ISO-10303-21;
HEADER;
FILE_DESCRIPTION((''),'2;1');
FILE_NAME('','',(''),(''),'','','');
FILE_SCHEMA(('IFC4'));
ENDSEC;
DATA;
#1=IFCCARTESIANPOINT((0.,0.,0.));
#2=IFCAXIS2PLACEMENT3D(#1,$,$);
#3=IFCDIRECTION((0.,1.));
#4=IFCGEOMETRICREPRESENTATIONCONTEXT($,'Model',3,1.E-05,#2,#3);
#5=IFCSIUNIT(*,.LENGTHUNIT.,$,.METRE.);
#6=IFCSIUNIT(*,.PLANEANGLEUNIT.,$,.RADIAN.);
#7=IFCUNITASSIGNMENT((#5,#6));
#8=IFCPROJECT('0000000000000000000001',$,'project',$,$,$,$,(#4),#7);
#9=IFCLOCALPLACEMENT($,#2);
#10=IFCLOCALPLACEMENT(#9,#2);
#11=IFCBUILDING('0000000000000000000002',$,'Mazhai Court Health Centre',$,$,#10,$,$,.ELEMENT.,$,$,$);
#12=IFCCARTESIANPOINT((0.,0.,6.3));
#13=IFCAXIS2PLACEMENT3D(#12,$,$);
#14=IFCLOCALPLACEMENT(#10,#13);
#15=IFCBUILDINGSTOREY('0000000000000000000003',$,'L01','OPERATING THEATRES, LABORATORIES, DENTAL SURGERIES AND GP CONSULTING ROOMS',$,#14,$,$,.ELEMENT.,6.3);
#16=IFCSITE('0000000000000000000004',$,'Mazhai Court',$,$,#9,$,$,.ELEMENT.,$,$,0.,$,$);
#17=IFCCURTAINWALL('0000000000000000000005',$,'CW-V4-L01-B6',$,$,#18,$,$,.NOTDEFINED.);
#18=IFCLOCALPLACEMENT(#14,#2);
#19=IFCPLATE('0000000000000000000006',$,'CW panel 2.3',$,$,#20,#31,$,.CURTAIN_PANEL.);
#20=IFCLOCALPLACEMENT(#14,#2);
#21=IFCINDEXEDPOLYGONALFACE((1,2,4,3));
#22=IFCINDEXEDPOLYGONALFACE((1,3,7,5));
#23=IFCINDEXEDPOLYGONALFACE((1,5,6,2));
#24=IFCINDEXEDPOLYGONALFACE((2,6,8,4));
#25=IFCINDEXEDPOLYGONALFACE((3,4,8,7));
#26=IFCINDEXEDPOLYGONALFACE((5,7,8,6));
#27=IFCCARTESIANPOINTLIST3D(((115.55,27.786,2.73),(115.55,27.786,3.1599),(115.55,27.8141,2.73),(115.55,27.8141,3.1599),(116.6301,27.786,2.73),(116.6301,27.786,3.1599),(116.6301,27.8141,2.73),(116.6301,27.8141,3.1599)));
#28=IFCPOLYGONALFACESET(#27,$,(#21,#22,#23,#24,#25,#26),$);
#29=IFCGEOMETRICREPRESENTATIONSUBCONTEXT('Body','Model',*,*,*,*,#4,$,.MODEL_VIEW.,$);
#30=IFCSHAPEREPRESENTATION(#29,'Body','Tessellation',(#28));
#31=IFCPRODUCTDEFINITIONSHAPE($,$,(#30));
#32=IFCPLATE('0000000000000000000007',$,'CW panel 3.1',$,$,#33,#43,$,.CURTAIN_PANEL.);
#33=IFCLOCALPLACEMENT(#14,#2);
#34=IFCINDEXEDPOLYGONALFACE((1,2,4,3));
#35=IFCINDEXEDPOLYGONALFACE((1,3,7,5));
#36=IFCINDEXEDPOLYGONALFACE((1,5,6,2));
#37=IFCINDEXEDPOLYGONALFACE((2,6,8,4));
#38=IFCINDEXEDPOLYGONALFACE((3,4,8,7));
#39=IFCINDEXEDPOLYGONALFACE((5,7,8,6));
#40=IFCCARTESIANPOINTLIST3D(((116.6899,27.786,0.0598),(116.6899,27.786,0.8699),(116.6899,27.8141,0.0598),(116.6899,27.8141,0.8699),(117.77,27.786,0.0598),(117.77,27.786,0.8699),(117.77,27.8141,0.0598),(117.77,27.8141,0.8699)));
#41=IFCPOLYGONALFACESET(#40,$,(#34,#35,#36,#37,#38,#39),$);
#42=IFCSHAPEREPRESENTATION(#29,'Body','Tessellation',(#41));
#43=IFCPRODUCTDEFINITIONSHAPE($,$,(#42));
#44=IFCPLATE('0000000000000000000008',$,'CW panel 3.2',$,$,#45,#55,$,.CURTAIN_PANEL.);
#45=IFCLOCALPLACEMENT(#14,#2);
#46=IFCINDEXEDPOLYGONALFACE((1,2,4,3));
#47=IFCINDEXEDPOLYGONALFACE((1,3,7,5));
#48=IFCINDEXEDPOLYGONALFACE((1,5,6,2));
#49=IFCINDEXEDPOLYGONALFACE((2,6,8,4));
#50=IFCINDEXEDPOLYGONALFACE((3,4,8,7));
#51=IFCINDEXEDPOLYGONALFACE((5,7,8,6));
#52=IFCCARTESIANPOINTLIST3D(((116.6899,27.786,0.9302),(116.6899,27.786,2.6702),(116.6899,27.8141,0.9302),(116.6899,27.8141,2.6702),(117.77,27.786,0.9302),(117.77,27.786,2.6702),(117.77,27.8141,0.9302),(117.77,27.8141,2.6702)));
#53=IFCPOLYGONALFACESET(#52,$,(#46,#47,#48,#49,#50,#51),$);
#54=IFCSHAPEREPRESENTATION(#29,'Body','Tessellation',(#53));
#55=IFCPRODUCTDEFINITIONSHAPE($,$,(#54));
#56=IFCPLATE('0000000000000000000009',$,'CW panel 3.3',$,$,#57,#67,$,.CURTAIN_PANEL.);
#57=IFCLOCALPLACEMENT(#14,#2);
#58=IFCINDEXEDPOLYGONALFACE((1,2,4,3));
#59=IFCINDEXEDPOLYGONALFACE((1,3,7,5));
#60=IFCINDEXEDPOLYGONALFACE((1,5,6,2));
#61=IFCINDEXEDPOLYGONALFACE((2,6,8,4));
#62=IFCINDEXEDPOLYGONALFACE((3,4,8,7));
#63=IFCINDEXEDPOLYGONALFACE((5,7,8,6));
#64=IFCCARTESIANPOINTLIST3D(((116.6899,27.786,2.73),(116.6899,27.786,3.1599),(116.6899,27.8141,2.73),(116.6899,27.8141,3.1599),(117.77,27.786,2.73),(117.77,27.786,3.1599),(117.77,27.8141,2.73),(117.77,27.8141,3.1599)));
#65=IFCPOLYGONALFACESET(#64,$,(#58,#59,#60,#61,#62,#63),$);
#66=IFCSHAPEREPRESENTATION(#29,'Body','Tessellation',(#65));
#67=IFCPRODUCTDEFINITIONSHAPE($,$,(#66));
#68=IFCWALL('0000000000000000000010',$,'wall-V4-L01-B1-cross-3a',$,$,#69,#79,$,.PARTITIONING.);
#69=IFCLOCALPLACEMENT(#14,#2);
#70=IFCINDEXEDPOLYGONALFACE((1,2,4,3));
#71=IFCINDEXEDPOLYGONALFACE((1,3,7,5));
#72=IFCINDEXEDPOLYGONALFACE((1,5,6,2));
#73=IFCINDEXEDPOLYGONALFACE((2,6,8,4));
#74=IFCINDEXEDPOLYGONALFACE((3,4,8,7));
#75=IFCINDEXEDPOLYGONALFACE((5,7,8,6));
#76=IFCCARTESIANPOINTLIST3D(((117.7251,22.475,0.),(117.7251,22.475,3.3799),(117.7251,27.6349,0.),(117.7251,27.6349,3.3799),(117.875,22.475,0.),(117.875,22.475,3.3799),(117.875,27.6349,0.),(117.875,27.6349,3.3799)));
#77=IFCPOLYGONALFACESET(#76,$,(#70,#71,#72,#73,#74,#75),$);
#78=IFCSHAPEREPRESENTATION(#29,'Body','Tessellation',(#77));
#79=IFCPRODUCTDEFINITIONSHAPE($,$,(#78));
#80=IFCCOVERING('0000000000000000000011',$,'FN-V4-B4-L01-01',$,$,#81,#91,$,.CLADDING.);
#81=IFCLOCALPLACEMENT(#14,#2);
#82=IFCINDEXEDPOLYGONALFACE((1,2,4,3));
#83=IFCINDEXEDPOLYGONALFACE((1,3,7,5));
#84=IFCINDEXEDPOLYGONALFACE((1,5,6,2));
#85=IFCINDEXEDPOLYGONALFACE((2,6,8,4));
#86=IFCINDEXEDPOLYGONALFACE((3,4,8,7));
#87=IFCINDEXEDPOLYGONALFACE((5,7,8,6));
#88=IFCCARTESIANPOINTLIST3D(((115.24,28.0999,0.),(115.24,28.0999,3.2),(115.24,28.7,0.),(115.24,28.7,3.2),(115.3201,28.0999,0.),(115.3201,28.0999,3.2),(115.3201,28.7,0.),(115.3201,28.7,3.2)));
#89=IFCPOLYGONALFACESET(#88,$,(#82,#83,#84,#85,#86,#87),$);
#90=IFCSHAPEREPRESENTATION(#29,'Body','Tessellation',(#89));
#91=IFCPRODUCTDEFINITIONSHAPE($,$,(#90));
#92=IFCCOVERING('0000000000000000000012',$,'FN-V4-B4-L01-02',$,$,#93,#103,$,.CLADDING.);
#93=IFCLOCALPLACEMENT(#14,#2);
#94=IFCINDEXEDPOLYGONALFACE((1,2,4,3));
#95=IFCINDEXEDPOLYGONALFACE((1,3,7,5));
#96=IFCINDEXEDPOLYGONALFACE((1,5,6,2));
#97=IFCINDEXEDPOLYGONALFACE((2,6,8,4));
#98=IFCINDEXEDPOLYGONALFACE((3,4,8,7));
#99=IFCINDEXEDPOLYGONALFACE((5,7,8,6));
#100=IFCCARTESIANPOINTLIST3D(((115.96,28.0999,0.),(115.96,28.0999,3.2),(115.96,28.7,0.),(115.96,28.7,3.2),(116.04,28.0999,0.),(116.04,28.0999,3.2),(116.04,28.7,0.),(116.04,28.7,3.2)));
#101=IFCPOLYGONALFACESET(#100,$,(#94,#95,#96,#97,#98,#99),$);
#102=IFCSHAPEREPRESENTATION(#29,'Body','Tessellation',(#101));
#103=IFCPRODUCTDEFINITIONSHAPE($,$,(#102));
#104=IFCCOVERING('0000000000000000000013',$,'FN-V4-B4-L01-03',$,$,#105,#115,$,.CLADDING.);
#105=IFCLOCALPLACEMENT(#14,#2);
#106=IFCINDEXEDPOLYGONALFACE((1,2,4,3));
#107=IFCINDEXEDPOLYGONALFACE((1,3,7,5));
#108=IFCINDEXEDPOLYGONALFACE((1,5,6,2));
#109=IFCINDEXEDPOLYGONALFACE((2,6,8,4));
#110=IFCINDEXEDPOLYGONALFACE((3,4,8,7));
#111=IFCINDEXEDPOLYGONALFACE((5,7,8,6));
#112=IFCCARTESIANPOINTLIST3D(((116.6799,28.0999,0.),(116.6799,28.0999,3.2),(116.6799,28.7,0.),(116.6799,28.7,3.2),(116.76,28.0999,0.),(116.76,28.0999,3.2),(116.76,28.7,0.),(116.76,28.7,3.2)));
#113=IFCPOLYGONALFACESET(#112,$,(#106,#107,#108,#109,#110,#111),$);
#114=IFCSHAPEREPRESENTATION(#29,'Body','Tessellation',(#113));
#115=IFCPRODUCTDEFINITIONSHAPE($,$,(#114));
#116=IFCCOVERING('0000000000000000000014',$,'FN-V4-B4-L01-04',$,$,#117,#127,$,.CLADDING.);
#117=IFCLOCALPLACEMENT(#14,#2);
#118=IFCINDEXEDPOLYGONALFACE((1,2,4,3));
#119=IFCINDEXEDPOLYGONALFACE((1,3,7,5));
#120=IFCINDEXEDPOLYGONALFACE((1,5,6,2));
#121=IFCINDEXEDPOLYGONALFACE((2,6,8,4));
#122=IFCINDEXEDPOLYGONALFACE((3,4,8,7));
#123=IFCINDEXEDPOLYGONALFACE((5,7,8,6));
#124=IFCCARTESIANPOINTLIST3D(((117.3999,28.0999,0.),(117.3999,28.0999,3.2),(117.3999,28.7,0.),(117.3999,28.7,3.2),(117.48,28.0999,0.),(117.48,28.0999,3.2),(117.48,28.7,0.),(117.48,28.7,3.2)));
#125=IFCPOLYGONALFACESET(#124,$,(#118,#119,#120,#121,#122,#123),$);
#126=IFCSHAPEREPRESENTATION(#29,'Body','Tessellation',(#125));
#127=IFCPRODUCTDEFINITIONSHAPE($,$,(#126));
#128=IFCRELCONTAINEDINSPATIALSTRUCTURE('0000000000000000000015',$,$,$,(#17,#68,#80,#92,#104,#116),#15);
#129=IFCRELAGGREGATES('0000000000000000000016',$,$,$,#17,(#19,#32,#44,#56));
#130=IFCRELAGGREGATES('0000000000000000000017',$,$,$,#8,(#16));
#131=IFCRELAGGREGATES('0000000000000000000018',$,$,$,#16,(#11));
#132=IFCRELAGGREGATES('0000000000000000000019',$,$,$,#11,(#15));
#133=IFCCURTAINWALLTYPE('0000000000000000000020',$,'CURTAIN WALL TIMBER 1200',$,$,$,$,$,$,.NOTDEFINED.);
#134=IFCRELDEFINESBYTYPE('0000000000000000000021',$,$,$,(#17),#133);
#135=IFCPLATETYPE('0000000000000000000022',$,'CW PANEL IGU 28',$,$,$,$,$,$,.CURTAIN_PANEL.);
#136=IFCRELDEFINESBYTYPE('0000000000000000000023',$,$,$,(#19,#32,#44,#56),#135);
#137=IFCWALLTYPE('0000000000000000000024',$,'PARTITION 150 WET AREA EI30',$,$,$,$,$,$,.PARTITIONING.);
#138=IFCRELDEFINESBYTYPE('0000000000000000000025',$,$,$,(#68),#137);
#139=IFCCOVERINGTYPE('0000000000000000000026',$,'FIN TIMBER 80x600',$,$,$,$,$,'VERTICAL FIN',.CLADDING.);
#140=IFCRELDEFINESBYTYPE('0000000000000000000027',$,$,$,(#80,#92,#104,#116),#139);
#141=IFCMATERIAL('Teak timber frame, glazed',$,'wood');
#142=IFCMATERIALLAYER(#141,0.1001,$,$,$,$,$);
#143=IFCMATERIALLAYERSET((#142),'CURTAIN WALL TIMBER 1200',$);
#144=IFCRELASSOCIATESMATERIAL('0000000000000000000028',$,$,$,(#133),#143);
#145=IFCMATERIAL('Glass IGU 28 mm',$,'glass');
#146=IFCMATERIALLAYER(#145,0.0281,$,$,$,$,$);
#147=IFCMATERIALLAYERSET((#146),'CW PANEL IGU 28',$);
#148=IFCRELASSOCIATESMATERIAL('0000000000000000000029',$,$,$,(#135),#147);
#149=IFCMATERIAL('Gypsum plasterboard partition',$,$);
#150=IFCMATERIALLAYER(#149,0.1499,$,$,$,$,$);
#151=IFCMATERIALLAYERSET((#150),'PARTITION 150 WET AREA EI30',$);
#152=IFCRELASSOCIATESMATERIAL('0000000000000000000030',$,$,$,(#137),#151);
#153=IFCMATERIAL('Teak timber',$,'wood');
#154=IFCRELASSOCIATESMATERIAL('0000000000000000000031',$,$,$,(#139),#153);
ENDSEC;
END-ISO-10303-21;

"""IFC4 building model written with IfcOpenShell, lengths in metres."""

from ifc_helpers import new_model, si_unit, direction, frame, frame_2d, origin, origin_2d, place, context, subcontext, project, spatial, rectangle, extrude, material, layer, layer_set, type_object, element, aggregate, save


model = new_model("IFC4")

# Units and contexts
model_context = context("Model", 3, precision=1e-05, world=origin(), true_north=direction((0.0, 1.0)))
body_context = subcontext(model_context, "Body", "Model", "MODEL_VIEW")
ifc_project = project(units=[si_unit("LENGTHUNIT", "METRE"), si_unit("PLANEANGLEUNIT", "RADIAN")], contexts=[model_context])

# Site, building, storey
site_placement = place(None, origin())
site = spatial("IfcSite", under=ifc_project, at=site_placement, Name="Mazhai Court", CompositionType="ELEMENT", RefElevation=0.0)
building_placement = place(site_placement, origin())
building = spatial("IfcBuilding", under=site, at=building_placement, Name="Mazhai Court Health Centre", CompositionType="ELEMENT")
storey_placement = place(building_placement, frame((0.0, 0.0, 6.3)))
storey = spatial("IfcBuildingStorey", under=building, at=storey_placement, Name="L01", Description="OPERATING THEATRES, LABORATORIES, DENTAL SURGERIES AND GP CONSULTING ROOMS", CompositionType="ELEMENT", Elevation=6.3)

# Curtain wall, plates
ifc_material_1 = material(Name="Teak timber frame, glazed", Category="wood")
ifc_layer_1 = layer(ifc_material_1, 0.1001)
ifc_layer_set_1 = layer_set([ifc_layer_1], Name="CURTAIN WALL TIMBER 1200")
curtain_wall_type = type_object("IfcCurtainWallType", Name="CURTAIN WALL TIMBER 1200", PredefinedType="NOTDEFINED", material=ifc_layer_set_1)
curtain_wall_placement = place(storey_placement, origin())
curtain_wall = element("IfcCurtainWall", 1, at=curtain_wall_placement, inside=storey, type_object=curtain_wall_type, Name="CW-V4-L01-B6", PredefinedType="NOTDEFINED")
ifc_material_2 = material(Name="Glass IGU 28 mm", Category="glass")
ifc_layer_2 = layer(ifc_material_2, 0.0281)
ifc_layer_set_2 = layer_set([ifc_layer_2], Name="CW PANEL IGU 28")
plate_type = type_object("IfcPlateType", Name="CW PANEL IGU 28", PredefinedType="CURTAIN_PANEL", material=ifc_layer_set_2)
plate_1_placement = place(storey_placement, frame((116.0901, 27.8, 2.73), z_axis=(0.0, 0.0, 1.0), x_axis=(1.0, 0.0, 0.0)))
plate_1 = element("IfcPlate", 2, at=plate_1_placement, type_object=plate_type, Name="CW panel 2.3", PredefinedType="CURTAIN_PANEL", context=body_context, shape_type="SweptSolid", body=[
    extrude(rectangle(XDim=1.0801, YDim=0.0281, at=origin_2d()), origin(), (0.0, 0.0, 1.0), 0.4299),
])
plate_2_placement = place(storey_placement, frame((117.23, 27.8, 0.0598), z_axis=(0.0, 0.0, 1.0), x_axis=(1.0, 0.0, 0.0)))
plate_2 = element("IfcPlate", 3, at=plate_2_placement, type_object=plate_type, Name="CW panel 3.1", PredefinedType="CURTAIN_PANEL", context=body_context, shape_type="SweptSolid", body=[
    extrude(rectangle(XDim=1.0801, YDim=0.0281, at=origin_2d()), origin(), (0.0, 0.0, 1.0), 0.8101),
])
plate_3_placement = place(storey_placement, frame((117.23, 27.8, 0.9302), z_axis=(0.0, 0.0, 1.0), x_axis=(1.0, 0.0, 0.0)))
plate_3 = element("IfcPlate", 4, at=plate_3_placement, type_object=plate_type, Name="CW panel 3.2", PredefinedType="CURTAIN_PANEL", context=body_context, shape_type="SweptSolid", body=[
    extrude(rectangle(XDim=1.0801, YDim=0.0281, at=origin_2d()), origin(), (0.0, 0.0, 1.0), 1.74),
])
plate_4_placement = place(storey_placement, frame((117.23, 27.8, 2.73), z_axis=(0.0, 0.0, 1.0), x_axis=(1.0, 0.0, 0.0)))
plate_4 = element("IfcPlate", 5, at=plate_4_placement, type_object=plate_type, Name="CW panel 3.3", PredefinedType="CURTAIN_PANEL", context=body_context, shape_type="SweptSolid", body=[
    extrude(rectangle(XDim=1.0801, YDim=0.0281, at=origin_2d()), origin(), (0.0, 0.0, 1.0), 0.4299),
])
aggregate(curtain_wall, [plate_1, plate_2, plate_3, plate_4])

# Wall
ifc_material_3 = material(Name="Gypsum plasterboard partition")
ifc_layer_3 = layer(ifc_material_3, 0.1499)
ifc_layer_set_3 = layer_set([ifc_layer_3], Name="PARTITION 150 WET AREA EI30")
wall_type = type_object("IfcWallType", Name="PARTITION 150 WET AREA EI30", PredefinedType="PARTITIONING", material=ifc_layer_set_3)
wall_placement = place(storey_placement, frame((117.8, 27.635, 0.0), z_axis=(0.0, 0.0, 1.0), x_axis=(0.0, -1.0, 0.0)))
element("IfcWall", 6, at=wall_placement, inside=storey, type_object=wall_type, Name="wall-V4-L01-B1-cross-3a", PredefinedType="PARTITIONING", context=body_context, shape_type="SweptSolid", body=[
    extrude(rectangle(XDim=5.1599, YDim=0.1499, at=frame_2d((2.5801, 0.0))), origin(), (0.0, 0.0, 1.0), 3.3799),
])

# Coverings
ifc_material_4 = material(Name="Teak timber", Category="wood")
covering_type = type_object("IfcCoveringType", Name="FIN TIMBER 80x600", ElementType="VERTICAL FIN", PredefinedType="CLADDING", material=ifc_material_4)
for number, where, z_axis, x_axis, name in (
    (7, (115.28, 28.3999, 0.0), (0.0, 0.0, 1.0), (1.0, 0.0, 0.0), "FN-V4-B4-L01-01"),
    (8, (116.0, 28.3999, 0.0), (0.0, 0.0, 1.0), (1.0, 0.0, 0.0), "FN-V4-B4-L01-02"),
    (9, (116.72, 28.3999, 0.0), (0.0, 0.0, 1.0), (1.0, 0.0, 0.0), "FN-V4-B4-L01-03"),
    (10, (117.4399, 28.3999, 0.0), (0.0, 0.0, 1.0), (1.0, 0.0, 0.0), "FN-V4-B4-L01-04"),
):
    element("IfcCovering", number, at=place(storey_placement, frame(where, z_axis=z_axis, x_axis=x_axis)), inside=storey, type_object=covering_type, Name=name, PredefinedType="CLADDING", context=body_context, shape_type="SweptSolid", body=[
        extrude(rectangle(XDim=0.0801, YDim=0.6001, at=origin_2d()), origin(), (0.0, 0.0, 1.0), 3.2),
    ])

save(model, "model.ifc")
